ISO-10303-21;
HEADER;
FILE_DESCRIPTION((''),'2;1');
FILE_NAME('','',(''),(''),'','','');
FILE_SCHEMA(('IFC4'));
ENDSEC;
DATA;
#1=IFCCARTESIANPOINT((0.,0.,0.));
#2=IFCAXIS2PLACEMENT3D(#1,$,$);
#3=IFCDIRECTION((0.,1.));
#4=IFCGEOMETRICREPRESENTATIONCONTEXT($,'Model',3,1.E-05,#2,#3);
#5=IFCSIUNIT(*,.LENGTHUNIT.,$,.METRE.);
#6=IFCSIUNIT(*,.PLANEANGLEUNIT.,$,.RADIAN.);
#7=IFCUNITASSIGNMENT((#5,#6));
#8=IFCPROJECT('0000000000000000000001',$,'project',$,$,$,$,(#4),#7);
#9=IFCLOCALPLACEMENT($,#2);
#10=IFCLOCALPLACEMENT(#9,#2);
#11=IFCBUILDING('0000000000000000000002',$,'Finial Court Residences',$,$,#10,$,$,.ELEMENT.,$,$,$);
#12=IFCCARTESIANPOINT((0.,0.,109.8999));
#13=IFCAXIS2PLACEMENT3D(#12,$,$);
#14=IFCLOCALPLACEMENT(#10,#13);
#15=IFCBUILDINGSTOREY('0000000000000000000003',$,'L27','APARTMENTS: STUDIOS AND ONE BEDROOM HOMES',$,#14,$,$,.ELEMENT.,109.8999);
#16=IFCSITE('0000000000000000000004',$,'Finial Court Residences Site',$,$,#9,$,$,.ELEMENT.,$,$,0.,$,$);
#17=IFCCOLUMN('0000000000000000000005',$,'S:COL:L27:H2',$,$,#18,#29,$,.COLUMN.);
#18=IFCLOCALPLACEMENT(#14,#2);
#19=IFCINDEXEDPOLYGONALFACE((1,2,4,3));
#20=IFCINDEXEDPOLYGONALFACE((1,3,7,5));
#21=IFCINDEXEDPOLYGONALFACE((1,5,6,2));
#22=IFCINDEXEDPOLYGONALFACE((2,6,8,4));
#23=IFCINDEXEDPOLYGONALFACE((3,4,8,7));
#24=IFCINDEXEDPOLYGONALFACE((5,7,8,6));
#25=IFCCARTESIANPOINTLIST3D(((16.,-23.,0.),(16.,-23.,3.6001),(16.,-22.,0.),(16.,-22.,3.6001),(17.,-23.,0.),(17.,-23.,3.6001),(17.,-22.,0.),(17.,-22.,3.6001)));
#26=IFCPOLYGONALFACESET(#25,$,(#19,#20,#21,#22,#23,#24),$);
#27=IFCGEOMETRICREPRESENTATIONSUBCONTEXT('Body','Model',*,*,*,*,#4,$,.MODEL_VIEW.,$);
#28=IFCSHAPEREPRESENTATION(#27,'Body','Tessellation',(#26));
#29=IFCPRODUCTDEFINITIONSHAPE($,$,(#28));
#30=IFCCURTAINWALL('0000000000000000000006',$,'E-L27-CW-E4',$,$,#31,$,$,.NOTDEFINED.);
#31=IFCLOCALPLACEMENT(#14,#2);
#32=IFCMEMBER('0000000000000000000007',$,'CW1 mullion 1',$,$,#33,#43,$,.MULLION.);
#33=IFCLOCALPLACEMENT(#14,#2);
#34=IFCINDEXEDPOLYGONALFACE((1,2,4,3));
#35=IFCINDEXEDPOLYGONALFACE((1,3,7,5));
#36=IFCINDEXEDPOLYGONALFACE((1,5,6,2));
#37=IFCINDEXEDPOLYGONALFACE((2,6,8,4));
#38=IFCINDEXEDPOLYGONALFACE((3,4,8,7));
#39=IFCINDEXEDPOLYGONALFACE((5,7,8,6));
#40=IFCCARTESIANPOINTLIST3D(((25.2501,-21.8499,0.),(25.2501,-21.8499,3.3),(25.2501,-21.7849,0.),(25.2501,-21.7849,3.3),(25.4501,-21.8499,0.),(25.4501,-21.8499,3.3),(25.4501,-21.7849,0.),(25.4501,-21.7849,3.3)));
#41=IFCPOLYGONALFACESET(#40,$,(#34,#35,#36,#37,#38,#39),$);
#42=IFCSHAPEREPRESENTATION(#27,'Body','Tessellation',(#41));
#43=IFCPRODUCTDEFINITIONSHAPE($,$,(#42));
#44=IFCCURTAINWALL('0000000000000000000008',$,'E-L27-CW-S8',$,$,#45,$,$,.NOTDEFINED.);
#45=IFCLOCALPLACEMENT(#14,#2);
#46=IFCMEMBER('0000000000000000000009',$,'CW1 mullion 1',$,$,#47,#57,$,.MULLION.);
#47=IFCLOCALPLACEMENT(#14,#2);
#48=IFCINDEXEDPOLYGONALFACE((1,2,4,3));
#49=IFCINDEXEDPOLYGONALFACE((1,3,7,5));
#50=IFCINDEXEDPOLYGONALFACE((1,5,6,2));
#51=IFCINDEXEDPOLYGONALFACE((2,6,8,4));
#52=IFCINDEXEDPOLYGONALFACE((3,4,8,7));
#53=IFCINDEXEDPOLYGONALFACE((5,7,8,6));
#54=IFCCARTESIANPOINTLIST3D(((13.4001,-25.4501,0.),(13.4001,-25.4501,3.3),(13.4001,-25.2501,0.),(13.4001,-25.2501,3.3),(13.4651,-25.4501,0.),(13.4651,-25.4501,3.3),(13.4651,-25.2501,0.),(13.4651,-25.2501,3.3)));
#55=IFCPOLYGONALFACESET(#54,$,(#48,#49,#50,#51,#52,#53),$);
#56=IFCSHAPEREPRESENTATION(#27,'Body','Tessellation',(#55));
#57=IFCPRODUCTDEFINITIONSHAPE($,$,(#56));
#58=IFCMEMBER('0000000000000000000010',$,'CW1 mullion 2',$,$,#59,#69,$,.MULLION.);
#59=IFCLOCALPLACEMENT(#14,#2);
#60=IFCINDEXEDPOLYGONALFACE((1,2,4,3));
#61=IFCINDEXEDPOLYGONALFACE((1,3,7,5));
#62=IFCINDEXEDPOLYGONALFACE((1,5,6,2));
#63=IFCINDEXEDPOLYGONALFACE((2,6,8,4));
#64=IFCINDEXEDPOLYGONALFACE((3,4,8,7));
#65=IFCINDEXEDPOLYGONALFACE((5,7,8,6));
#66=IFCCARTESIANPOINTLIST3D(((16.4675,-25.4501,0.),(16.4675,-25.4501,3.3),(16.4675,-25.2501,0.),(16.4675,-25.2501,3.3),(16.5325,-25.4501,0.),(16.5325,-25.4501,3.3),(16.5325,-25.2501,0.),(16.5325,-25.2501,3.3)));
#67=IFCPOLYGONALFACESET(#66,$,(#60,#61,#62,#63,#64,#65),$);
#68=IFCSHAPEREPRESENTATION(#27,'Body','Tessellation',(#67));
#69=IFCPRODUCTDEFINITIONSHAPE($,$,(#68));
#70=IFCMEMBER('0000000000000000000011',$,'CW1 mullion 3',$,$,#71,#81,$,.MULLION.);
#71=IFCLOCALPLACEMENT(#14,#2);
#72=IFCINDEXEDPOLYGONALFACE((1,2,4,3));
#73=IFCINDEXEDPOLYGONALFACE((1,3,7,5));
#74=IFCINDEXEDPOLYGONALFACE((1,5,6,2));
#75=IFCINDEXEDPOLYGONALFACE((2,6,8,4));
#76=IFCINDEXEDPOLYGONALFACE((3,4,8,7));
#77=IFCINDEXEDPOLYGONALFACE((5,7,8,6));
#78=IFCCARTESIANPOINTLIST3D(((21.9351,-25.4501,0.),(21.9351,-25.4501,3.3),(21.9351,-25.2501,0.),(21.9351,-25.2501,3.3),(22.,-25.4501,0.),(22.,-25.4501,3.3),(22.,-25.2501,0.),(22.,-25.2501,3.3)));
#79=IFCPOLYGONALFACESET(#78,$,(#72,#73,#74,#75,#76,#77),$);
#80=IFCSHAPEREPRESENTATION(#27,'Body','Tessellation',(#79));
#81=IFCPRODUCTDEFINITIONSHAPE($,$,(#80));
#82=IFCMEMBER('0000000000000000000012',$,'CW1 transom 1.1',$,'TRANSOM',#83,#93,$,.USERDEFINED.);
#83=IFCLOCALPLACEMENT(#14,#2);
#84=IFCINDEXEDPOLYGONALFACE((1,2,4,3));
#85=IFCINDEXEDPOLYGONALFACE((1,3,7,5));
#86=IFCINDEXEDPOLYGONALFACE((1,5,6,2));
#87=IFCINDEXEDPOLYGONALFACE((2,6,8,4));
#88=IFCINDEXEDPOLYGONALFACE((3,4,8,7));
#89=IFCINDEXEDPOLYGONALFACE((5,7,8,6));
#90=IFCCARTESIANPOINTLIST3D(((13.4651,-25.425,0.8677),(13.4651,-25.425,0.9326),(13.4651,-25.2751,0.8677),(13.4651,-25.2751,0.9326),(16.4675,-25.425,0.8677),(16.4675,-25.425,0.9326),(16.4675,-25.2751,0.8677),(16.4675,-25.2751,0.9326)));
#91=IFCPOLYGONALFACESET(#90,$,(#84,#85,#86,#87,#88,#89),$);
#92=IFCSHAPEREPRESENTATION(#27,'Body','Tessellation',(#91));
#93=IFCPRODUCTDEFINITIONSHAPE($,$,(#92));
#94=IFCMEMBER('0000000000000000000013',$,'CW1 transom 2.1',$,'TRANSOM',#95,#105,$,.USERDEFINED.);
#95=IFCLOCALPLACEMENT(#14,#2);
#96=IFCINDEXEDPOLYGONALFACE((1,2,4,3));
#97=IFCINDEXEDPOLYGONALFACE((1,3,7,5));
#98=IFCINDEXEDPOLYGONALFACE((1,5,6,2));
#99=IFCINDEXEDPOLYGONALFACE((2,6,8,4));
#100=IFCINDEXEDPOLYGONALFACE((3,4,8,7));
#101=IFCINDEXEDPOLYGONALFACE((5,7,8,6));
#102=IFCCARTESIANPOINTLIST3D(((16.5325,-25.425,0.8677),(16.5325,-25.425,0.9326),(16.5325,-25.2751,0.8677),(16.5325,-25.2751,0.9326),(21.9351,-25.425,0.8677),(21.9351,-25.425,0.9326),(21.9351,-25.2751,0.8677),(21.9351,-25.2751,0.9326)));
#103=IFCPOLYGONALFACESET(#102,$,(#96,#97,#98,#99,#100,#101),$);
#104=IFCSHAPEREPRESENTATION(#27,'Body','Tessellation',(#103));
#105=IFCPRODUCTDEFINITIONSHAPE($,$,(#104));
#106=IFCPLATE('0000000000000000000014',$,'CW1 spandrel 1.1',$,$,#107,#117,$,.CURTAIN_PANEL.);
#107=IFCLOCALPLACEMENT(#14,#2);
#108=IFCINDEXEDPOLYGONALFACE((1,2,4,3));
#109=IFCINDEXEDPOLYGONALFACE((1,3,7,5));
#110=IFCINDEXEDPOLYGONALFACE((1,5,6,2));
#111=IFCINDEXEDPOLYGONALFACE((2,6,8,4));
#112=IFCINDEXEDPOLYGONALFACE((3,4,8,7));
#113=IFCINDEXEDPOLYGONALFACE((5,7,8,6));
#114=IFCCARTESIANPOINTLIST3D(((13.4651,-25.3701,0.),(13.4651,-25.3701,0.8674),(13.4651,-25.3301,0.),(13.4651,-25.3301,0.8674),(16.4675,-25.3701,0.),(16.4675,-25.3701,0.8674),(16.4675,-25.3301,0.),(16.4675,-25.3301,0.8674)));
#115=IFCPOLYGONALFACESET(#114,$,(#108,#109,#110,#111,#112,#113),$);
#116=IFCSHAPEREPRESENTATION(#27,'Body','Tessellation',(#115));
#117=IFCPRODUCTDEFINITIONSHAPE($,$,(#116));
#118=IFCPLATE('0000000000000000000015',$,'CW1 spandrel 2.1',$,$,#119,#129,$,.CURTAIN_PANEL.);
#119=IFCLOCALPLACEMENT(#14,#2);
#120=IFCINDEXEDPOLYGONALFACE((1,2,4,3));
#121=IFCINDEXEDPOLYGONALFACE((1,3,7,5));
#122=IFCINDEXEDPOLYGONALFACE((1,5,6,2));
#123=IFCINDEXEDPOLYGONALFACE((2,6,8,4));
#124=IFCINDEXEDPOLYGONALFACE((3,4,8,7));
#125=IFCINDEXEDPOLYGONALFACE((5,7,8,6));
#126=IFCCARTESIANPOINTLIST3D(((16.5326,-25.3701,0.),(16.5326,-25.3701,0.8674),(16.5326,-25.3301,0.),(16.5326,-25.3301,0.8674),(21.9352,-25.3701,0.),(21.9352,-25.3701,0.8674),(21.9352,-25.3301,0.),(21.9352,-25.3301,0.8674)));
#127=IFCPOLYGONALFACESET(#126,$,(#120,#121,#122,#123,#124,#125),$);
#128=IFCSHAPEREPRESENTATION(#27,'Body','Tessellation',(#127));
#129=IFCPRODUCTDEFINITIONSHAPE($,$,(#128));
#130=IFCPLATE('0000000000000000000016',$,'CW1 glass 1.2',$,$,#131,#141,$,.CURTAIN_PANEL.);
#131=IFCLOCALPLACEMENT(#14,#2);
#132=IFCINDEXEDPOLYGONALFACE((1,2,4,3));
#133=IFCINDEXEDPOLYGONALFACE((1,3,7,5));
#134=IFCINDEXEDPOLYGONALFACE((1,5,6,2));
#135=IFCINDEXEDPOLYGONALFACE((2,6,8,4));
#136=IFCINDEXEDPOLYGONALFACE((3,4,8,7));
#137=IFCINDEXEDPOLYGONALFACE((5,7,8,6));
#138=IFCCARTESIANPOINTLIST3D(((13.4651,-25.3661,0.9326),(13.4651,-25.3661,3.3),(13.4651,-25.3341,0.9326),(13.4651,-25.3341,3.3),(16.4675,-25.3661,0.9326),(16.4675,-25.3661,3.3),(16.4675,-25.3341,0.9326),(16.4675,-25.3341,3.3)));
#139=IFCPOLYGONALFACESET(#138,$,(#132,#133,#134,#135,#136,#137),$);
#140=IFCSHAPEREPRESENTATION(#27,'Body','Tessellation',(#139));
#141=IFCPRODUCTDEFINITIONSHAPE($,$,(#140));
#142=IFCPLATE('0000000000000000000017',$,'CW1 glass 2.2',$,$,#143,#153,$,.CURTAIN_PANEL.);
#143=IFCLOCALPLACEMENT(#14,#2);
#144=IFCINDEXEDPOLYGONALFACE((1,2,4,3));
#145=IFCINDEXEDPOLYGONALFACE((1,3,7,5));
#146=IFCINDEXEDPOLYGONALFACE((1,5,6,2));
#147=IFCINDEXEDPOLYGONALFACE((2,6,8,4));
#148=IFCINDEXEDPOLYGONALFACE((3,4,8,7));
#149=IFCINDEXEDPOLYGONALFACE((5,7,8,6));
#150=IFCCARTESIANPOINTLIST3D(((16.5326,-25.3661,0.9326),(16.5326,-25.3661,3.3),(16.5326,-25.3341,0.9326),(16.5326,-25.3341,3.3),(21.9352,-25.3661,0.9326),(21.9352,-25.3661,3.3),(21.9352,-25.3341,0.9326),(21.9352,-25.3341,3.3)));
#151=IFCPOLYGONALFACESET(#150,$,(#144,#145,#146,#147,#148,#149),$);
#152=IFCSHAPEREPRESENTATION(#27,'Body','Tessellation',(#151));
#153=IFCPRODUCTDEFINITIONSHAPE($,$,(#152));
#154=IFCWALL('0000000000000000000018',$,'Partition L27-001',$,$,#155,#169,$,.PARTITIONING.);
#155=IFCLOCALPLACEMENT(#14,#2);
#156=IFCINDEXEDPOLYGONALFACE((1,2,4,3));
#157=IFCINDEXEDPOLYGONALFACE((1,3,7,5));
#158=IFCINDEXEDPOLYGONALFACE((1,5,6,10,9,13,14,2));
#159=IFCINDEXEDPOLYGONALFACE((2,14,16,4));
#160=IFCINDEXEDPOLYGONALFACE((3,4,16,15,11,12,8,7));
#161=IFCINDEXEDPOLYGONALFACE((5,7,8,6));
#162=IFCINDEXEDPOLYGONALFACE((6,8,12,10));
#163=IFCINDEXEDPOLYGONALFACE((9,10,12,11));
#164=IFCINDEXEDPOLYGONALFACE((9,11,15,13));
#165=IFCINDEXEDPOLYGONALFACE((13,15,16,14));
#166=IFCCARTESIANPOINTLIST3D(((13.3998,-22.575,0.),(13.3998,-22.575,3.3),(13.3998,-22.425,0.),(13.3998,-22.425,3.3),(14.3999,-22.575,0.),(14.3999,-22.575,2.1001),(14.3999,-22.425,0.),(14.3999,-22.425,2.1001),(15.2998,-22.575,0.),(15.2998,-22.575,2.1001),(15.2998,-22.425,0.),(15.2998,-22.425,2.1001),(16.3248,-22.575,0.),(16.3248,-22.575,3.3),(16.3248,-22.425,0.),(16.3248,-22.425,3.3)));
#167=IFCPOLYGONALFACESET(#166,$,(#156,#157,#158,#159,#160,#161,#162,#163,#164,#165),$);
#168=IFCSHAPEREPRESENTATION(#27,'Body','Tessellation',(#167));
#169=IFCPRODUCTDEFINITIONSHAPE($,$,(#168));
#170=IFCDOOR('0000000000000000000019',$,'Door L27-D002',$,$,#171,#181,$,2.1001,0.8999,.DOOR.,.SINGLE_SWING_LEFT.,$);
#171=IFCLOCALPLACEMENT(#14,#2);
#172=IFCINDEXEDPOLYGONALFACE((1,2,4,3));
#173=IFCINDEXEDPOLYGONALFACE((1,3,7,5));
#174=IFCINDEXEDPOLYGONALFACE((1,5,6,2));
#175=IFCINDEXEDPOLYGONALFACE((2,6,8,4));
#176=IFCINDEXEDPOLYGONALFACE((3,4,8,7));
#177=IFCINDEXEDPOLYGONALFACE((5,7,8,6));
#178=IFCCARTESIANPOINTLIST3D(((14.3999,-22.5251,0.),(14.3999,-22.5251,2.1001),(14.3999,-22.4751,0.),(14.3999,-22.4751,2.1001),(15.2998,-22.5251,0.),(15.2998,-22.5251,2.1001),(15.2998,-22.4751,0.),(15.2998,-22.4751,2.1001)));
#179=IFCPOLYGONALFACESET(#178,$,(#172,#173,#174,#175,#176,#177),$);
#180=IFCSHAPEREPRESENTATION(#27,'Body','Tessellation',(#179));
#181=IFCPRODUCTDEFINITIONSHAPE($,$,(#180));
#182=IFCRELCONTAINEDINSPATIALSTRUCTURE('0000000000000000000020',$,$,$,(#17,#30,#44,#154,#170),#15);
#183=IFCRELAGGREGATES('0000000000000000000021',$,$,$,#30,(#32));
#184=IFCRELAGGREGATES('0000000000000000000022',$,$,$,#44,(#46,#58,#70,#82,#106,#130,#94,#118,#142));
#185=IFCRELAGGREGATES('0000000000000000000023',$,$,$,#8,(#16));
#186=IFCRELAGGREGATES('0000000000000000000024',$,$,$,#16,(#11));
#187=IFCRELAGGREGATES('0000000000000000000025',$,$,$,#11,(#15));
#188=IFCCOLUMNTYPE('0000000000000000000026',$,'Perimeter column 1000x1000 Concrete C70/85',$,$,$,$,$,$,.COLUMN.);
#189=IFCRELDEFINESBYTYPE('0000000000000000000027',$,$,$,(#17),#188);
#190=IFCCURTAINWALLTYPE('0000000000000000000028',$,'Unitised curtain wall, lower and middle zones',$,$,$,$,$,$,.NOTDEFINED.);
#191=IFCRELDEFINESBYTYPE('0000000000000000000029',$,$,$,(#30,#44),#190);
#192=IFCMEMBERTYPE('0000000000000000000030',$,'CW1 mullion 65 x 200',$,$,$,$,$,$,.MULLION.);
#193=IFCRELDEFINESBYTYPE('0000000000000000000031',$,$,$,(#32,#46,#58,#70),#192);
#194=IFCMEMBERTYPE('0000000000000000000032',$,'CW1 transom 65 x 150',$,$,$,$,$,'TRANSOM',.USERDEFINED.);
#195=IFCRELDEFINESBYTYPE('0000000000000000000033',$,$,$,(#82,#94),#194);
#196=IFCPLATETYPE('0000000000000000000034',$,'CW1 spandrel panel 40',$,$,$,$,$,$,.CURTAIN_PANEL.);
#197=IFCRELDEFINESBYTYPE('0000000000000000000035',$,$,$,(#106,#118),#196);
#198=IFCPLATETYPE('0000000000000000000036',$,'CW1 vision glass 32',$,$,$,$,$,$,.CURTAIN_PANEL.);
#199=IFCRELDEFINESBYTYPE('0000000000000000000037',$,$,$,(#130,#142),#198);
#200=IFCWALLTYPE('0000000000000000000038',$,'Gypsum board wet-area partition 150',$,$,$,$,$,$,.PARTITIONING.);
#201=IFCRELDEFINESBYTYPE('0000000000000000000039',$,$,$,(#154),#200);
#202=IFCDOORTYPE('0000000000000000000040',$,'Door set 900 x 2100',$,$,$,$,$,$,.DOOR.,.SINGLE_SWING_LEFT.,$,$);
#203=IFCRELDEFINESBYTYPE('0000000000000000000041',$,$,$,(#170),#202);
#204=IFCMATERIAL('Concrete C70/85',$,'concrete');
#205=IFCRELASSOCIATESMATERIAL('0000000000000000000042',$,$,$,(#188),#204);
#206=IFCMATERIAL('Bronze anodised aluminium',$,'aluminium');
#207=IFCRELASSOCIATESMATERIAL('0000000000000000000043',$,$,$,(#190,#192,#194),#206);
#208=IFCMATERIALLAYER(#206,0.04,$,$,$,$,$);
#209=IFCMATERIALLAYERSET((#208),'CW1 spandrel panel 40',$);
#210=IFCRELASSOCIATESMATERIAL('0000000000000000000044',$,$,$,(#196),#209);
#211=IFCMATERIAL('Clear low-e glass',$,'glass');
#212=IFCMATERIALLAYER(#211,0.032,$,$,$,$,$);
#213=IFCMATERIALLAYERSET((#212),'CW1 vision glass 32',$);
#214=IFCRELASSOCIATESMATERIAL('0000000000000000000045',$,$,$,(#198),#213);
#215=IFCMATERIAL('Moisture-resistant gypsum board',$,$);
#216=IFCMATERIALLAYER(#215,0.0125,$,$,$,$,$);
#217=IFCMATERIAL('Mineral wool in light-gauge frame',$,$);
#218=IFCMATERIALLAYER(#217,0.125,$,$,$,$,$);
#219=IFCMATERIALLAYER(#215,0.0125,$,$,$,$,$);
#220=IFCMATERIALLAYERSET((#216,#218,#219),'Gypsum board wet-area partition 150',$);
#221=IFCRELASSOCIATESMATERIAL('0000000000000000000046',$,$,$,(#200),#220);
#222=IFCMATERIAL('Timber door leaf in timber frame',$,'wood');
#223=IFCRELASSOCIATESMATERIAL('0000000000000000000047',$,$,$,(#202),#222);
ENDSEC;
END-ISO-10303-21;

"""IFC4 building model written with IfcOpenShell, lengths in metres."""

from ifc_helpers import new_model, si_unit, direction, frame, frame_2d, origin, origin_2d, place, context, subcontext, project, spatial, rectangle, extrude, material, layer, layer_set, material_profile, profile_set, type_object, element, fill, aggregate, save


model = new_model("IFC4")

# Units and contexts
model_context = context("Model", 3, precision=1e-05, world=origin(), true_north=direction((0.0, 1.0)))
body_context = subcontext(model_context, "Body", "Model", "MODEL_VIEW")
ifc_project = project(units=[si_unit("LENGTHUNIT", "METRE"), si_unit("PLANEANGLEUNIT", "RADIAN")], contexts=[model_context])

# Site, building, storey
site_placement = place(None, origin())
site = spatial("IfcSite", under=ifc_project, at=site_placement, Name="Finial Court Residences Site", CompositionType="ELEMENT", RefElevation=0.0)
building_placement = place(site_placement, origin())
building = spatial("IfcBuilding", under=site, at=building_placement, Name="Finial Court Residences", CompositionType="ELEMENT")
storey_placement = place(building_placement, frame((0.0, 0.0, 109.8999)))
storey = spatial("IfcBuildingStorey", under=building, at=storey_placement, Name="L27", Description="APARTMENTS: STUDIOS AND ONE BEDROOM HOMES", CompositionType="ELEMENT", Elevation=109.8999)

# Column
ifc_material_1 = material(Name="Concrete C70/85", Category="concrete")
ifc_material_profile_1 = material_profile(ifc_material_1, rectangle(XDim=1.0, YDim=1.0, at=origin_2d()), Name="1000x1000")
ifc_profile_set_1 = profile_set([ifc_material_profile_1], Name="Concrete C70/85")
column_type = type_object("IfcColumnType", Name="Perimeter column 1000x1000 Concrete C70/85", PredefinedType="COLUMN", material=ifc_profile_set_1)
column_placement = place(storey_placement, frame((16.5, -22.5, 0.0), z_axis=(0.0, 0.0, 1.0), x_axis=(1.0, 0.0, 0.0)))
element("IfcColumn", 1, at=column_placement, inside=storey, type_object=column_type, Name="S:COL:L27:H2", PredefinedType="COLUMN", context=body_context, shape_type="SweptSolid", body=[
    extrude(rectangle(XDim=1.0, YDim=1.0, at=origin_2d()), origin(), (0.0, 0.0, 1.0), 3.6001),
])

# Curtain wall, member
ifc_material_2 = material(Name="Bronze anodised aluminium", Category="aluminium")
curtain_wall_type = type_object("IfcCurtainWallType", Name="Unitised curtain wall, lower and middle zones", PredefinedType="NOTDEFINED", material=ifc_material_2)
curtain_wall_1_placement = place(storey_placement, origin())
curtain_wall_1 = element("IfcCurtainWall", 2, at=curtain_wall_1_placement, inside=storey, type_object=curtain_wall_type, Name="E-L27-CW-E4", PredefinedType="NOTDEFINED")
ifc_material_profile_2 = material_profile(ifc_material_2, rectangle(XDim=0.2, YDim=0.0649, at=origin_2d()), Name="CW1 mullion 65 x 200")
ifc_profile_set_2 = profile_set([ifc_material_profile_2], Name="Bronze anodised aluminium")
member_type_1 = type_object("IfcMemberType", Name="CW1 mullion 65 x 200", PredefinedType="MULLION", material=ifc_profile_set_2)
member_1_placement = place(storey_placement, frame((25.3501, -21.8174, 0.0), z_axis=(0.0, 0.0, 1.0), x_axis=(-1.0, 0.0, 0.0)))
member_1 = element("IfcMember", 3, at=member_1_placement, type_object=member_type_1, Name="CW1 mullion 1", PredefinedType="MULLION", context=body_context, shape_type="SweptSolid", body=[
    extrude(rectangle(XDim=0.2, YDim=0.0649, at=origin_2d()), origin(), (0.0, 0.0, 1.0), 3.3),
])
aggregate(curtain_wall_1, [member_1])

# Curtain wall, members, plates
curtain_wall_2_placement = place(storey_placement, origin())
curtain_wall_2 = element("IfcCurtainWall", 4, at=curtain_wall_2_placement, inside=storey, type_object=curtain_wall_type, Name="E-L27-CW-S8", PredefinedType="NOTDEFINED")
member_2_placement = place(storey_placement, frame((13.4326, -25.3501, 0.0), z_axis=(0.0, 0.0, 1.0), x_axis=(0.0, 1.0, 0.0)))
member_2 = element("IfcMember", 5, at=member_2_placement, type_object=member_type_1, Name="CW1 mullion 1", PredefinedType="MULLION", context=body_context, shape_type="SweptSolid", body=[
    extrude(rectangle(XDim=0.2, YDim=0.0649, at=origin_2d()), origin(), (0.0, 0.0, 1.0), 3.3),
])
member_3_placement = place(storey_placement, frame((16.5, -25.3501, 0.0), z_axis=(0.0, 0.0, 1.0), x_axis=(0.0, 1.0, 0.0)))
member_3 = element("IfcMember", 6, at=member_3_placement, type_object=member_type_1, Name="CW1 mullion 2", PredefinedType="MULLION", context=body_context, shape_type="SweptSolid", body=[
    extrude(rectangle(XDim=0.2, YDim=0.0649, at=origin_2d()), origin(), (0.0, 0.0, 1.0), 3.3),
])
member_4_placement = place(storey_placement, frame((21.9675, -25.3501, 0.0), z_axis=(0.0, 0.0, 1.0), x_axis=(0.0, 1.0, 0.0)))
member_4 = element("IfcMember", 7, at=member_4_placement, type_object=member_type_1, Name="CW1 mullion 3", PredefinedType="MULLION", context=body_context, shape_type="SweptSolid", body=[
    extrude(rectangle(XDim=0.2, YDim=0.0649, at=origin_2d()), origin(), (0.0, 0.0, 1.0), 3.3),
])
ifc_material_profile_3 = material_profile(ifc_material_2, rectangle(XDim=0.1499, YDim=0.0649, at=origin_2d()), Name="CW1 transom 65 x 150")
ifc_profile_set_3 = profile_set([ifc_material_profile_3], Name="Bronze anodised aluminium")
member_type_2 = type_object("IfcMemberType", Name="CW1 transom 65 x 150", ElementType="TRANSOM", PredefinedType="USERDEFINED", material=ifc_profile_set_3)
member_5_placement = place(storey_placement, frame((13.4651, -25.3501, 0.9001), z_axis=(1.0, 0.0, 0.0), x_axis=(0.0, 1.0, 0.0)))
member_5 = element("IfcMember", 8, at=member_5_placement, type_object=member_type_2, Name="CW1 transom 1.1", ObjectType="TRANSOM", PredefinedType="USERDEFINED", context=body_context, shape_type="SweptSolid", body=[
    extrude(rectangle(XDim=0.1499, YDim=0.0649, at=origin_2d()), origin(), (0.0, 0.0, 1.0), 3.0024),
])
member_6_placement = place(storey_placement, frame((16.5325, -25.3501, 0.9001), z_axis=(1.0, 0.0, 0.0), x_axis=(0.0, 1.0, 0.0)))
member_6 = element("IfcMember", 9, at=member_6_placement, type_object=member_type_2, Name="CW1 transom 2.1", ObjectType="TRANSOM", PredefinedType="USERDEFINED", context=body_context, shape_type="SweptSolid", body=[
    extrude(rectangle(XDim=0.1499, YDim=0.0649, at=origin_2d()), origin(), (0.0, 0.0, 1.0), 5.4026),
])
ifc_layer_1 = layer(ifc_material_2, 0.04)
ifc_layer_set_1 = layer_set([ifc_layer_1], Name="CW1 spandrel panel 40")
plate_type_1 = type_object("IfcPlateType", Name="CW1 spandrel panel 40", PredefinedType="CURTAIN_PANEL", material=ifc_layer_set_1)
plate_1_placement = place(storey_placement, frame((14.9663, -25.3501, 0.0), z_axis=(0.0, 0.0, 1.0), x_axis=(1.0, 0.0, 0.0)))
plate_1 = element("IfcPlate", 10, at=plate_1_placement, type_object=plate_type_1, Name="CW1 spandrel 1.1", PredefinedType="CURTAIN_PANEL", context=body_context, shape_type="SweptSolid", body=[
    extrude(rectangle(XDim=3.0024, YDim=0.04, at=origin_2d()), origin(), (0.0, 0.0, 1.0), 0.8674),
])
plate_2_placement = place(storey_placement, frame((19.2339, -25.3501, 0.0), z_axis=(0.0, 0.0, 1.0), x_axis=(1.0, 0.0, 0.0)))
plate_2 = element("IfcPlate", 11, at=plate_2_placement, type_object=plate_type_1, Name="CW1 spandrel 2.1", PredefinedType="CURTAIN_PANEL", context=body_context, shape_type="SweptSolid", body=[
    extrude(rectangle(XDim=5.4026, YDim=0.04, at=origin_2d()), origin(), (0.0, 0.0, 1.0), 0.8674),
])
ifc_material_3 = material(Name="Clear low-e glass", Category="glass")
ifc_layer_2 = layer(ifc_material_3, 0.032)
ifc_layer_set_2 = layer_set([ifc_layer_2], Name="CW1 vision glass 32")
plate_type_2 = type_object("IfcPlateType", Name="CW1 vision glass 32", PredefinedType="CURTAIN_PANEL", material=ifc_layer_set_2)
plate_3_placement = place(storey_placement, frame((14.9663, -25.3501, 0.9326), z_axis=(0.0, 0.0, 1.0), x_axis=(1.0, 0.0, 0.0)))
plate_3 = element("IfcPlate", 12, at=plate_3_placement, type_object=plate_type_2, Name="CW1 glass 1.2", PredefinedType="CURTAIN_PANEL", context=body_context, shape_type="SweptSolid", body=[
    extrude(rectangle(XDim=3.0024, YDim=0.032, at=origin_2d()), origin(), (0.0, 0.0, 1.0), 2.3674),
])
plate_4_placement = place(storey_placement, frame((19.2339, -25.3501, 0.9326), z_axis=(0.0, 0.0, 1.0), x_axis=(1.0, 0.0, 0.0)))
plate_4 = element("IfcPlate", 13, at=plate_4_placement, type_object=plate_type_2, Name="CW1 glass 2.2", PredefinedType="CURTAIN_PANEL", context=body_context, shape_type="SweptSolid", body=[
    extrude(rectangle(XDim=5.4026, YDim=0.032, at=origin_2d()), origin(), (0.0, 0.0, 1.0), 2.3674),
])
aggregate(curtain_wall_2, [member_2, member_3, member_4, member_5, plate_1, plate_3, member_6, plate_2, plate_4])

# Wall, opening, door
ifc_material_4 = material(Name="Moisture-resistant gypsum board")
ifc_layer_3 = layer(ifc_material_4, 0.0125)
ifc_material_5 = material(Name="Mineral wool in light-gauge frame")
ifc_layer_4 = layer(ifc_material_5, 0.125)
ifc_layer_5 = layer(ifc_material_4, 0.0125)
ifc_layer_set_3 = layer_set([ifc_layer_3, ifc_layer_4, ifc_layer_5], Name="Gypsum board wet-area partition 150")
wall_type_1 = type_object("IfcWallType", Name="Gypsum board wet-area partition 150", PredefinedType="PARTITIONING", material=ifc_layer_set_3)
wall_1_placement = place(storey_placement, frame((13.3999, -22.5, 0.0), z_axis=(0.0, 0.0, 1.0), x_axis=(1.0, 0.0, 0.0)))
wall_1 = element("IfcWall", 14, at=wall_1_placement, inside=storey, type_object=wall_type_1, Name="Partition L27-001", PredefinedType="PARTITIONING", context=body_context, shape_type="SweptSolid", body=[
    extrude(rectangle(XDim=2.925, YDim=0.1499, at=frame_2d((1.4624, 0.0))), origin(), (0.0, 0.0, 1.0), 3.3),
])
opening_1_placement = place(wall_1_placement, frame((1.0, 0.0, 0.0)))
opening_1 = element("IfcOpeningElement", 15, at=opening_1_placement, cuts=wall_1, PredefinedType="OPENING", context=body_context, shape_type="SweptSolid", body=[
    extrude(rectangle(XDim=0.8999, YDim=2.1001, at=frame_2d((0.45, 1.05))), frame((0.0, 0.085, 0.0), z_axis=(0.0, -1.0, 0.0), x_axis=(1.0, 0.0, 0.0)), (0.0, 0.0, 1.0), 0.1699),
])
ifc_material_6 = material(Name="Timber door leaf in timber frame", Category="wood")
door_type = type_object("IfcDoorType", Name="Door set 900 x 2100", OperationType="SINGLE_SWING_LEFT", PredefinedType="DOOR", material=ifc_material_6)
door_1_placement = place(opening_1_placement, origin())
door_1 = element("IfcDoor", 16, at=door_1_placement, inside=storey, type_object=door_type, Name="Door L27-D002", OperationType="SINGLE_SWING_LEFT", OverallHeight=2.1001, OverallWidth=0.8999, PredefinedType="DOOR", context=body_context, shape_type="SweptSolid", body=[
    extrude(rectangle(XDim=0.8999, YDim=2.1001, at=frame_2d((0.45, 1.05))), frame((0.0, 0.0249, 0.0), z_axis=(0.0, -1.0, 0.0), x_axis=(1.0, 0.0, 0.0)), (0.0, 0.0, 1.0), 0.05),
])
fill(opening_1, door_1)

save(model, "model.ifc")
